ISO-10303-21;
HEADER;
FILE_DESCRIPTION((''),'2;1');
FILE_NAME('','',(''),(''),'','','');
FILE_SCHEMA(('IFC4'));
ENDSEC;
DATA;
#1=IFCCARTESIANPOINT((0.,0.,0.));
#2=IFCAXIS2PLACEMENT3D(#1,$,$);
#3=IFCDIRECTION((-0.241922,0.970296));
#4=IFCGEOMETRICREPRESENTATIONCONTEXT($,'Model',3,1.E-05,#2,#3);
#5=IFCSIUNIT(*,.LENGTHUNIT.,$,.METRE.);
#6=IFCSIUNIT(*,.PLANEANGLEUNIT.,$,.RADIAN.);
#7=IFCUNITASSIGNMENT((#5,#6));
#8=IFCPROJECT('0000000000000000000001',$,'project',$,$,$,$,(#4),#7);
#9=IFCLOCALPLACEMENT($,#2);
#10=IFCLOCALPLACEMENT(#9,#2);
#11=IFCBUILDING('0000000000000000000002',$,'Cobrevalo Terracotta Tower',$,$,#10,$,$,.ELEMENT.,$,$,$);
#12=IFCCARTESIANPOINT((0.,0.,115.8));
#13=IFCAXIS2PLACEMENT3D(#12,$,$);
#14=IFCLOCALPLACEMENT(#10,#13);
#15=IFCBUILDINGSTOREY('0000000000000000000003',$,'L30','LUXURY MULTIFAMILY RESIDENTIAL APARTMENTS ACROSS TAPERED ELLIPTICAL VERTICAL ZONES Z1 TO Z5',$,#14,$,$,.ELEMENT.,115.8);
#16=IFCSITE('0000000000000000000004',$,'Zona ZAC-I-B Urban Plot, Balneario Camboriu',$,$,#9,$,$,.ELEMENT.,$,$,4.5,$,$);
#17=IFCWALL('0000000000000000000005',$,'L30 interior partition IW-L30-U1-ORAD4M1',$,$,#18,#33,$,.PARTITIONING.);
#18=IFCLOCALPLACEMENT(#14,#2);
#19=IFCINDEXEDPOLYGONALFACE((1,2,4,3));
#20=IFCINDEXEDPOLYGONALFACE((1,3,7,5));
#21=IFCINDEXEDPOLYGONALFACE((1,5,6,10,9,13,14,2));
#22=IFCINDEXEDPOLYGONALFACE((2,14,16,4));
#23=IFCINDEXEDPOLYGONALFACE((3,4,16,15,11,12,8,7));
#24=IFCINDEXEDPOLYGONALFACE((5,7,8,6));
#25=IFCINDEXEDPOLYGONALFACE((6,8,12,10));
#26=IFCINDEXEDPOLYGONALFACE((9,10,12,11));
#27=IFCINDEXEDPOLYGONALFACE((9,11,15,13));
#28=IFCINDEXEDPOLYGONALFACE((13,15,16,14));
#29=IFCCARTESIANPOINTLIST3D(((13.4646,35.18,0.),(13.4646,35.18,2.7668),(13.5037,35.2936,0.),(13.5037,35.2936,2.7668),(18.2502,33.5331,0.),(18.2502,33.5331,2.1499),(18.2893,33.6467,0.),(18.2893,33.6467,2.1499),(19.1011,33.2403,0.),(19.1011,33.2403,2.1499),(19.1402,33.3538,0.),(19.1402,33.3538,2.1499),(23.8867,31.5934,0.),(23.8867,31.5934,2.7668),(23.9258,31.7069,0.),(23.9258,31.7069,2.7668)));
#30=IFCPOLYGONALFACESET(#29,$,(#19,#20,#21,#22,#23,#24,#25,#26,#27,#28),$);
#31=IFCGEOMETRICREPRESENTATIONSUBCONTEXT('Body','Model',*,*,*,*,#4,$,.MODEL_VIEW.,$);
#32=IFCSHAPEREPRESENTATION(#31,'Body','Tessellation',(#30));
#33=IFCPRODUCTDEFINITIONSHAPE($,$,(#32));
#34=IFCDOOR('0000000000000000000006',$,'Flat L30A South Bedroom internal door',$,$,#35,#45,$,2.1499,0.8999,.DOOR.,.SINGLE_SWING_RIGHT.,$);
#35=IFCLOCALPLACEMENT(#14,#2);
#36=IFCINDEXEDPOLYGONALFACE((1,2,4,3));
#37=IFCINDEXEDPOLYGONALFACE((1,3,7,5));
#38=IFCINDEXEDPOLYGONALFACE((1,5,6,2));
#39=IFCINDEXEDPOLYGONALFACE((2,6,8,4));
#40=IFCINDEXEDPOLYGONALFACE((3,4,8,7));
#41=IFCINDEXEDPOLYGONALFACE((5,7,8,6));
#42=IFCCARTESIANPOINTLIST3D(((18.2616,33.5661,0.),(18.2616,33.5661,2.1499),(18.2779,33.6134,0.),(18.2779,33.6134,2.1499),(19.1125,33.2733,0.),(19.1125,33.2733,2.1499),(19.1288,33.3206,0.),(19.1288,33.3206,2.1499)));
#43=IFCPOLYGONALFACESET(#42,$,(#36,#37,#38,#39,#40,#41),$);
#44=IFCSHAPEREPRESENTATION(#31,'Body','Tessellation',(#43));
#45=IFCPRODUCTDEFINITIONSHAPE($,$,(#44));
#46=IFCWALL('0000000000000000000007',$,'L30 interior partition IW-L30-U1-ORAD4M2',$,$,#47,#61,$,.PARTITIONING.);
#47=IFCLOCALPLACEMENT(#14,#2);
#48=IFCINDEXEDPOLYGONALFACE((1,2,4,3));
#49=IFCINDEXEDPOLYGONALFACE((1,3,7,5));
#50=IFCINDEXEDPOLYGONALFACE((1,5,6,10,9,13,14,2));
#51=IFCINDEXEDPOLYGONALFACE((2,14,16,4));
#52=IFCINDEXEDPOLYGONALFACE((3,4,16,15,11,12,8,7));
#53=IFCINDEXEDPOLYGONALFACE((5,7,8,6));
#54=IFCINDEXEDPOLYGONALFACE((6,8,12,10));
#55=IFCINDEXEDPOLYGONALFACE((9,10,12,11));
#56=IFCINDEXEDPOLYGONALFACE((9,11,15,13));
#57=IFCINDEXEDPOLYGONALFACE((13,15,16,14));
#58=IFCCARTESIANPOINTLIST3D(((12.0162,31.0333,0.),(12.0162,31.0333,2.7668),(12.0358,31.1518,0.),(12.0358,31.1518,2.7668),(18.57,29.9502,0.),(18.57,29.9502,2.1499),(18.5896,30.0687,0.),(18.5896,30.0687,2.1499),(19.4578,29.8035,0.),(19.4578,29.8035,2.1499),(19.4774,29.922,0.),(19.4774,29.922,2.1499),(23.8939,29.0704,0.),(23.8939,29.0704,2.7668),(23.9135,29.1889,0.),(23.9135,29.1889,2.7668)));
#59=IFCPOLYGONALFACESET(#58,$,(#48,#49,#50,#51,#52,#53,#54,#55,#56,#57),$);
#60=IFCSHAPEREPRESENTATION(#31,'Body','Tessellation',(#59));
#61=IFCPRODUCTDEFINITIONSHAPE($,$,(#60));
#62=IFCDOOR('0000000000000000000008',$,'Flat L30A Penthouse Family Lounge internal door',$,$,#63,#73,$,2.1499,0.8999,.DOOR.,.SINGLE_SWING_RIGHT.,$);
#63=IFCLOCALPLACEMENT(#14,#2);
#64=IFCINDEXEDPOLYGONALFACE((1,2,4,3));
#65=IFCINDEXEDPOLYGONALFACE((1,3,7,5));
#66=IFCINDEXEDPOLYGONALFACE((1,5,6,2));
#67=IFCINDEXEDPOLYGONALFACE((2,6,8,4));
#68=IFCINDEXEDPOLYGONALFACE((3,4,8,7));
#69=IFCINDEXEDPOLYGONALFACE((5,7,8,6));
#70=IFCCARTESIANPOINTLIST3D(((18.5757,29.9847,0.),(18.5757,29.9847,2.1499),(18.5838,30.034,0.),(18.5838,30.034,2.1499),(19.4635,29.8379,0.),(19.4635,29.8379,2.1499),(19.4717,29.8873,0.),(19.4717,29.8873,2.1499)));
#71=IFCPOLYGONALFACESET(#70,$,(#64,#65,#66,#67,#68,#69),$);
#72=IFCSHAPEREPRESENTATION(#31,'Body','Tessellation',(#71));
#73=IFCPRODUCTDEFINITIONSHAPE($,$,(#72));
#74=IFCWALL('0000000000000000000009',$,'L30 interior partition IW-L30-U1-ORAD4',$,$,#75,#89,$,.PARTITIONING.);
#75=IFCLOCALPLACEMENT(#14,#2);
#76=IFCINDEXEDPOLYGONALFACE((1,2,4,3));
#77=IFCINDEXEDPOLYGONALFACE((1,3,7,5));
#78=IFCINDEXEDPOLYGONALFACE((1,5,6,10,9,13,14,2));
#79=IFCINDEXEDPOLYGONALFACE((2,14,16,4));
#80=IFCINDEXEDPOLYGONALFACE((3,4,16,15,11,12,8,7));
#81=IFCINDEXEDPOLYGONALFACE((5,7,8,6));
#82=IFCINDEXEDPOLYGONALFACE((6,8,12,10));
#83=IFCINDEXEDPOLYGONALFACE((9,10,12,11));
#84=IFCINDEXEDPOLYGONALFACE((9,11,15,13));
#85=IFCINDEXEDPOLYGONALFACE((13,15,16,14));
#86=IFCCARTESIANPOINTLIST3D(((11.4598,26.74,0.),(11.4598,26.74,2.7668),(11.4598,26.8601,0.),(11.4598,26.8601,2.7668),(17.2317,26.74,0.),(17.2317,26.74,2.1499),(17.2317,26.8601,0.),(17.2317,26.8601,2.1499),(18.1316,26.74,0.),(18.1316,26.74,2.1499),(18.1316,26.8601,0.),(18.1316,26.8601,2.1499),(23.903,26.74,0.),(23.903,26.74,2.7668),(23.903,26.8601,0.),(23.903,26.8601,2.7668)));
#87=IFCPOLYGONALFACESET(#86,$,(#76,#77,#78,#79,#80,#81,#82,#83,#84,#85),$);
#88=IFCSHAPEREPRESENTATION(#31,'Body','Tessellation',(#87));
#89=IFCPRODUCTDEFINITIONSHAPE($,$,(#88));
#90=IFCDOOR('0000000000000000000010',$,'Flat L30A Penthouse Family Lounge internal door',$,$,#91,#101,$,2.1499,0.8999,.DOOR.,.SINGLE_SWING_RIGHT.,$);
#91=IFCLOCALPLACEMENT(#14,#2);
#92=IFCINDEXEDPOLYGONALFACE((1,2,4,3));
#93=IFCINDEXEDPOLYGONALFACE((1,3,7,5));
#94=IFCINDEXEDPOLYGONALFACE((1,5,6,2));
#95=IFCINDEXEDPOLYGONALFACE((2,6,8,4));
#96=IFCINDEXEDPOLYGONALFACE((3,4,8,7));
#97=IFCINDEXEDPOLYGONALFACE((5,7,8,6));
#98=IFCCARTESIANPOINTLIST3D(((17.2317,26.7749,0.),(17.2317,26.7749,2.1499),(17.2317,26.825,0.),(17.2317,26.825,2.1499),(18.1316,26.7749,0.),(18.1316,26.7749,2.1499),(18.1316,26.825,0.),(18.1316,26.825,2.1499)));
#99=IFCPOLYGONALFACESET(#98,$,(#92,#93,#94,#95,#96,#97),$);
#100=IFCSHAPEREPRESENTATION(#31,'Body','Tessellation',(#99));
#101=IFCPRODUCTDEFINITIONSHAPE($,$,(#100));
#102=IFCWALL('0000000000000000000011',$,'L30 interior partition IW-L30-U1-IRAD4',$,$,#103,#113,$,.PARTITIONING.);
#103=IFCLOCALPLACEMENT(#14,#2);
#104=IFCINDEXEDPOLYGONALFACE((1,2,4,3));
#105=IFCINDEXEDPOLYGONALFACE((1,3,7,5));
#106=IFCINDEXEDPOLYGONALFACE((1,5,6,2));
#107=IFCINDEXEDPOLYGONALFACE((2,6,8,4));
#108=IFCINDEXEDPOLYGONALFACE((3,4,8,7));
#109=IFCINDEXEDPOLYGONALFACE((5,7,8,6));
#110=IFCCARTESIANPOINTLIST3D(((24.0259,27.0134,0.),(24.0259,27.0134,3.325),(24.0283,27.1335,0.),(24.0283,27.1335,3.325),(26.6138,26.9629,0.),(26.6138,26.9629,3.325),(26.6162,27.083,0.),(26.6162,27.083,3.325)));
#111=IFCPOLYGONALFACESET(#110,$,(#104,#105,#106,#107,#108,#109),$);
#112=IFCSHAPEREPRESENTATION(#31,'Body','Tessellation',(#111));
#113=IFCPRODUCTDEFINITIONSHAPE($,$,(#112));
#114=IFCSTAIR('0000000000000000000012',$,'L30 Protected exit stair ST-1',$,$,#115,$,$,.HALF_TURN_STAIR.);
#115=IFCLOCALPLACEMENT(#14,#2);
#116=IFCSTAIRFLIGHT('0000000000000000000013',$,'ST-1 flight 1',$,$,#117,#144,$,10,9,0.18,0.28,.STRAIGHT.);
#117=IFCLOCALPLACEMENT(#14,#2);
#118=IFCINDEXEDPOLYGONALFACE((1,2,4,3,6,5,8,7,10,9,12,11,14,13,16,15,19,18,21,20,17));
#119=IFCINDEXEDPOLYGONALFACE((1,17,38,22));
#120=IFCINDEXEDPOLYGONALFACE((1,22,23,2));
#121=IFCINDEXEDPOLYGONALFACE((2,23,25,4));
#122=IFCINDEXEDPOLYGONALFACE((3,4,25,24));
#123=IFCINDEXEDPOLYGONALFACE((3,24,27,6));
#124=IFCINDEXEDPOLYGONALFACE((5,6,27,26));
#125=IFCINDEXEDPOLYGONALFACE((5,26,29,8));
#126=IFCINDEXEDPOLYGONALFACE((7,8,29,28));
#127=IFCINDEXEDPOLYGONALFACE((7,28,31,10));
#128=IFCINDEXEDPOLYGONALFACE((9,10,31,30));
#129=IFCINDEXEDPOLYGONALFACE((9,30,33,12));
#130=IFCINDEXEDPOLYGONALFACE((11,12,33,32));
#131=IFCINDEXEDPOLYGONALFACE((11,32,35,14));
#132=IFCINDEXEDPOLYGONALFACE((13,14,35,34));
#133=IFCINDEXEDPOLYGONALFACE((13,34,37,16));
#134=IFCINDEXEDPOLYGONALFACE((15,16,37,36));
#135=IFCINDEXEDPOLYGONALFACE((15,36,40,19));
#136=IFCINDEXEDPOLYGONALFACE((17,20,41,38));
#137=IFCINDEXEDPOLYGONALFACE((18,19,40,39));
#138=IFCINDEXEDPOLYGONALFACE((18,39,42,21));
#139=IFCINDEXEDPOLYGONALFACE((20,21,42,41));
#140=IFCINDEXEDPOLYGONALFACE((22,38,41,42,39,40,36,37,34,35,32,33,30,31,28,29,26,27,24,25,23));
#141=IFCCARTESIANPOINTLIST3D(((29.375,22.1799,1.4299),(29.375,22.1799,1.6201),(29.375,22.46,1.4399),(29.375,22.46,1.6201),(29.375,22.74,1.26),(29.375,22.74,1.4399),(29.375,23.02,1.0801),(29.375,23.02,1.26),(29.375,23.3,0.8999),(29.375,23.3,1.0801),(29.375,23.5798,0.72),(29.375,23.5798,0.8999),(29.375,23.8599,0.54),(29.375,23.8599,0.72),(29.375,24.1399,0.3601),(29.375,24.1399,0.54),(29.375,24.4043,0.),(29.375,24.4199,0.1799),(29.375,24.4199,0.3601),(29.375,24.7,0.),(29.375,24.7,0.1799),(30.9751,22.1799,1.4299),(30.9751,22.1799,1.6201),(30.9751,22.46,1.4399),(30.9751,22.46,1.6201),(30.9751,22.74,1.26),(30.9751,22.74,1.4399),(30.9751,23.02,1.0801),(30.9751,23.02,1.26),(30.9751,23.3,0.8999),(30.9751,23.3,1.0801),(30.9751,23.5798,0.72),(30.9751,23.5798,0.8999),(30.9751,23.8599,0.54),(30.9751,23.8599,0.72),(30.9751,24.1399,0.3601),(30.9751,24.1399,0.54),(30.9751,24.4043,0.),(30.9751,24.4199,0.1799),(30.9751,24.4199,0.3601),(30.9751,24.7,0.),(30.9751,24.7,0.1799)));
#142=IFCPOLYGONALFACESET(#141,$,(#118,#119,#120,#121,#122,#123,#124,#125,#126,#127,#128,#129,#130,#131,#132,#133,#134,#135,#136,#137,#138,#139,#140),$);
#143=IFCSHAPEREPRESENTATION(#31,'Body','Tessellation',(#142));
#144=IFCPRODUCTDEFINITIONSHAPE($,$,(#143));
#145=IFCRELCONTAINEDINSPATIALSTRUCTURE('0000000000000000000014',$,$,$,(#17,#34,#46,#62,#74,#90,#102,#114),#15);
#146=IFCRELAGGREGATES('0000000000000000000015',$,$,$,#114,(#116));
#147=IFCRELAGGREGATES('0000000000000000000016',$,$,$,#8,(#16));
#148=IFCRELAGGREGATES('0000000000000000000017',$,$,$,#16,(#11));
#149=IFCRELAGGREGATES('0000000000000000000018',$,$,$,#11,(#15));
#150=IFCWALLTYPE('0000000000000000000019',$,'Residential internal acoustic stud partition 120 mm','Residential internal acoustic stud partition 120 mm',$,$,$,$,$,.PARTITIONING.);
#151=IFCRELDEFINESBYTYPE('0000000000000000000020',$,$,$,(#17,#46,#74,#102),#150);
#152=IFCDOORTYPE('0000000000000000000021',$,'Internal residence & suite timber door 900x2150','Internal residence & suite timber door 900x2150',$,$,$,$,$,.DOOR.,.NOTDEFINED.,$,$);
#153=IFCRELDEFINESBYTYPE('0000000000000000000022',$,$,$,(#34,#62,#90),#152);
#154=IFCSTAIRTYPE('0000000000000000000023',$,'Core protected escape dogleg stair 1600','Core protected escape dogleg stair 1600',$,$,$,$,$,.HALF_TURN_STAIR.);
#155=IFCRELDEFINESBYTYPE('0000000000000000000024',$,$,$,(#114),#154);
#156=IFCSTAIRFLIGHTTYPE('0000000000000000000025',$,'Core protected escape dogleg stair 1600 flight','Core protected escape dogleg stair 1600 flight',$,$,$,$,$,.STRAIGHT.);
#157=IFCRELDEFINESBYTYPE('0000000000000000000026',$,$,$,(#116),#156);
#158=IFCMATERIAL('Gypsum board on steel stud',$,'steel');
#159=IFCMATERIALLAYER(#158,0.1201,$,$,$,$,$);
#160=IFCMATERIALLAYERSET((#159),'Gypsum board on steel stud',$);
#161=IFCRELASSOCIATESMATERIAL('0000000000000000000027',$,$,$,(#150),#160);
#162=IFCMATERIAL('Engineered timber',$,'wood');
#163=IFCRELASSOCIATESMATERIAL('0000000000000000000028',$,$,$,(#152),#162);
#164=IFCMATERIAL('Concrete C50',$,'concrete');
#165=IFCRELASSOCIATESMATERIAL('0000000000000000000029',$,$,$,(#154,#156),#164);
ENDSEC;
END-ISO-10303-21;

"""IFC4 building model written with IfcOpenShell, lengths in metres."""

from ifc_helpers import new_model, si_unit, direction, frame, frame_2d, origin, place, context, subcontext, project, spatial, polyline, rectangle, outline, extrude, source, transform, mapped, material, layer, layer_set, type_object, element, fill, aggregate, save


model = new_model("IFC4")

# Units and contexts
model_context = context("Model", 3, precision=1e-05, world=origin(), true_north=direction((-0.241922, 0.970296)))
body_context = subcontext(model_context, "Body", "Model", "MODEL_VIEW")
ifc_project = project(units=[si_unit("LENGTHUNIT", "METRE"), si_unit("PLANEANGLEUNIT", "RADIAN")], contexts=[model_context])

# Site, building, storey
site_placement = place(None, origin())
site = spatial("IfcSite", under=ifc_project, at=site_placement, Name="Zona ZAC-I-B Urban Plot, Balneario Camboriu", CompositionType="ELEMENT", RefElevation=4.5)
building_placement = place(site_placement, origin())
building = spatial("IfcBuilding", under=site, at=building_placement, Name="Cobrevalo Terracotta Tower", CompositionType="ELEMENT")
storey_placement = place(building_placement, frame((0.0, 0.0, 115.8)))
storey = spatial("IfcBuildingStorey", under=building, at=storey_placement, Name="L30", Description="LUXURY MULTIFAMILY RESIDENTIAL APARTMENTS ACROSS TAPERED ELLIPTICAL VERTICAL ZONES Z1 TO Z5", CompositionType="ELEMENT", Elevation=115.8)

# Shared definitions
ifc_material_1 = material(Name="Gypsum board on steel stud", Category="steel")

# Walls, openings, doors
ifc_layer_1 = layer(ifc_material_1, 0.1201)
ifc_layer_set_1 = layer_set([ifc_layer_1], Name="Gypsum board on steel stud")
wall_type_1 = type_object("IfcWallType", Name="Residential internal acoustic stud partition 120 mm", Description="Residential internal acoustic stud partition 120 mm", PredefinedType="PARTITIONING", material=ifc_layer_set_1)
wall_1_placement = place(storey_placement, frame((23.9062, 31.6501, 0.0), z_axis=(0.0, 0.0, 1.0), x_axis=(-0.945573, 0.32541, 0.0)))
wall_1 = element("IfcWall", 1, at=wall_1_placement, inside=storey, type_object=wall_type_1, Name="L30 interior partition IW-L30-U1-ORAD4M1", PredefinedType="PARTITIONING", context=body_context, shape_type="SweptSolid", body=[
    extrude(rectangle(XDim=11.022, YDim=0.1201, at=frame_2d((5.511, 0.0))), origin(), (0.0, 0.0, 1.0), 2.7668),
])
opening_1_placement = place(wall_1_placement, frame((5.061, 0.0, 0.0)))
opening_1 = element("IfcOpeningElement", 2, at=opening_1_placement, cuts=wall_1, PredefinedType="OPENING", context=body_context, shape_type="SweptSolid", body=[
    extrude(rectangle(XDim=0.8999, YDim=2.1499, at=frame_2d((0.45, 1.075))), frame((0.0, 0.0701, 0.0), z_axis=(0.0, -1.0, 0.0), x_axis=(1.0, 0.0, 0.0)), (0.0, 0.0, 1.0), 0.1401),
])
ifc_material_2 = material(Name="Engineered timber", Category="wood")
door_type_1 = type_object("IfcDoorType", Name="Internal residence & suite timber door 900x2150", Description="Internal residence & suite timber door 900x2150", OperationType="NOTDEFINED", PredefinedType="DOOR", material=ifc_material_2)
shared_shape_1 = source(origin(), body_context, "Body", "SweptSolid", [
    extrude(rectangle(XDim=0.8999, YDim=2.1499, at=frame_2d((0.45, 1.075))), frame((0.0, 0.0249, 0.0), z_axis=(0.0, -1.0, 0.0), x_axis=(1.0, 0.0, 0.0)), (0.0, 0.0, 1.0), 0.05),
])
door_1_placement = place(opening_1_placement, frame((0.8999, 0.0, 0.0), z_axis=(0.0, 0.0, 1.0), x_axis=(-1.0, 0.0, 0.0)))
door_1 = element("IfcDoor", 3, at=door_1_placement, inside=storey, type_object=door_type_1, Name="Flat L30A South Bedroom internal door", OperationType="SINGLE_SWING_RIGHT", OverallHeight=2.1499, OverallWidth=0.8999, PredefinedType="DOOR", context=body_context, shape_type="MappedRepresentation", body=[
    mapped(shared_shape_1, transform((0.0, 0.0, 0.0), scale=1.0)),
])
fill(opening_1, door_1)
wall_2_placement = place(storey_placement, frame((23.9038, 29.1296, 0.0), z_axis=(0.0, 0.0, 1.0), x_axis=(-0.986618, 0.163047, 0.0)))
wall_2 = element("IfcWall", 4, at=wall_2_placement, inside=storey, type_object=wall_type_1, Name="L30 interior partition IW-L30-U1-ORAD4M2", PredefinedType="PARTITIONING", context=body_context, shape_type="SweptSolid", body=[
    extrude(rectangle(XDim=12.0388, YDim=0.1201, at=frame_2d((6.0195, 0.0))), origin(), (0.0, 0.0, 1.0), 2.7668),
])
opening_2_placement = place(wall_2_placement, frame((4.4963, 0.0, 0.0)))
opening_2 = element("IfcOpeningElement", 5, at=opening_2_placement, cuts=wall_2, PredefinedType="OPENING", context=body_context, shape_type="SweptSolid", body=[
    extrude(rectangle(XDim=0.8999, YDim=2.1499, at=frame_2d((0.45, 1.075))), frame((0.0, 0.0701, 0.0), z_axis=(0.0, -1.0, 0.0), x_axis=(1.0, 0.0, 0.0)), (0.0, 0.0, 1.0), 0.1401),
])
door_2_placement = place(opening_2_placement, frame((0.8999, 0.0, 0.0), z_axis=(0.0, 0.0, 1.0), x_axis=(-1.0, 0.0, 0.0)))
door_2 = element("IfcDoor", 6, at=door_2_placement, inside=storey, type_object=door_type_1, Name="Flat L30A Penthouse Family Lounge internal door", OperationType="SINGLE_SWING_RIGHT", OverallHeight=2.1499, OverallWidth=0.8999, PredefinedType="DOOR", context=body_context, shape_type="MappedRepresentation", body=[
    mapped(shared_shape_1, transform((0.0, 0.0, 0.0), scale=1.0)),
])
fill(opening_2, door_2)
wall_3_placement = place(storey_placement, frame((23.9031, 26.8, 0.0), z_axis=(0.0, 0.0, 1.0), x_axis=(-1.0, 0.0, 0.0)))
wall_3 = element("IfcWall", 7, at=wall_3_placement, inside=storey, type_object=wall_type_1, Name="L30 interior partition IW-L30-U1-ORAD4", PredefinedType="PARTITIONING", context=body_context, shape_type="SweptSolid", body=[
    extrude(rectangle(XDim=12.4431, YDim=0.1201, at=frame_2d((6.2217, 0.0))), origin(), (0.0, 0.0, 1.0), 2.7668),
])
opening_3_placement = place(wall_3_placement, frame((5.7715, 0.0, 0.0)))
opening_3 = element("IfcOpeningElement", 8, at=opening_3_placement, cuts=wall_3, PredefinedType="OPENING", context=body_context, shape_type="SweptSolid", body=[
    extrude(rectangle(XDim=0.8999, YDim=2.1499, at=frame_2d((0.45, 1.075))), frame((0.0, 0.0701, 0.0), z_axis=(0.0, -1.0, 0.0), x_axis=(1.0, 0.0, 0.0)), (0.0, 0.0, 1.0), 0.1401),
])
door_3_placement = place(opening_3_placement, frame((0.8999, 0.0, 0.0), z_axis=(0.0, 0.0, 1.0), x_axis=(-1.0, 0.0, 0.0)))
door_3 = element("IfcDoor", 9, at=door_3_placement, inside=storey, type_object=door_type_1, Name="Flat L30A Penthouse Family Lounge internal door", OperationType="SINGLE_SWING_RIGHT", OverallHeight=2.1499, OverallWidth=0.8999, PredefinedType="DOOR", context=body_context, shape_type="MappedRepresentation", body=[
    mapped(shared_shape_1, transform((0.0, 0.0, 0.0), scale=1.0)),
])
fill(opening_3, door_3)

# Wall
wall_4_placement = place(storey_placement, frame((26.615, 27.0229, 0.0), z_axis=(0.0, 0.0, 1.0), x_axis=(-0.999809, 0.019525, 0.0)))
element("IfcWall", 10, at=wall_4_placement, inside=storey, type_object=wall_type_1, Name="L30 interior partition IW-L30-U1-IRAD4", PredefinedType="PARTITIONING", context=body_context, shape_type="SweptSolid", body=[
    extrude(rectangle(XDim=2.5884, YDim=0.1201, at=frame_2d((1.2942, 0.0))), origin(), (0.0, 0.0, 1.0), 3.325),
])

# Shared definitions
ifc_material_3 = material(Name="Concrete C50", Category="concrete")

# Stair, stair flight
stair_type = type_object("IfcStairType", Name="Core protected escape dogleg stair 1600", Description="Core protected escape dogleg stair 1600", PredefinedType="HALF_TURN_STAIR", material=ifc_material_3)
stair_placement = place(storey_placement, origin())
stair = element("IfcStair", 11, at=stair_placement, inside=storey, type_object=stair_type, Name="L30 Protected exit stair ST-1", PredefinedType="HALF_TURN_STAIR")
stair_flight_type = type_object("IfcStairFlightType", Name="Core protected escape dogleg stair 1600 flight", Description="Core protected escape dogleg stair 1600 flight", PredefinedType="STRAIGHT", material=ifc_material_3)
stair_flight_placement = place(storey_placement, frame((30.175, 24.7, 0.0), z_axis=(0.0, 0.0, 1.0), x_axis=(0.0, -1.0, 0.0)))
stair_flight = element("IfcStairFlight", 12, at=stair_flight_placement, type_object=stair_flight_type, Name="ST-1 flight 1", NumberOfRisers=10, NumberOfTreads=9, PredefinedType="STRAIGHT", RiserHeight=0.18, TreadLength=0.28, context=body_context, shape_type="SweptSolid", body=[
    extrude(outline(polyline([(0.0, 0.0), (0.0, 0.1799), (0.28, 0.1799), (0.28, 0.3601), (0.5601, 0.3601), (0.5601, 0.54), (0.8401, 0.54), (0.8401, 0.72), (1.1201, 0.72), (1.1201, 0.8999), (1.3999, 0.8999), (1.3999, 1.0801), (1.6799, 1.0801), (1.6799, 1.26), (1.96, 1.26), (1.96, 1.4399), (2.24, 1.4399), (2.24, 1.6201), (2.52, 1.6201), (2.52, 1.8), (2.52, 1.4299), (0.2957, 0.0), (0.0, 0.0)])), frame((0.0, 0.8, 0.0), z_axis=(0.0, -1.0, 0.0), x_axis=(1.0, 0.0, 0.0)), (0.0, 0.0, 1.0), 1.6001),
])
aggregate(stair, [stair_flight])

save(model, "model.ifc")
